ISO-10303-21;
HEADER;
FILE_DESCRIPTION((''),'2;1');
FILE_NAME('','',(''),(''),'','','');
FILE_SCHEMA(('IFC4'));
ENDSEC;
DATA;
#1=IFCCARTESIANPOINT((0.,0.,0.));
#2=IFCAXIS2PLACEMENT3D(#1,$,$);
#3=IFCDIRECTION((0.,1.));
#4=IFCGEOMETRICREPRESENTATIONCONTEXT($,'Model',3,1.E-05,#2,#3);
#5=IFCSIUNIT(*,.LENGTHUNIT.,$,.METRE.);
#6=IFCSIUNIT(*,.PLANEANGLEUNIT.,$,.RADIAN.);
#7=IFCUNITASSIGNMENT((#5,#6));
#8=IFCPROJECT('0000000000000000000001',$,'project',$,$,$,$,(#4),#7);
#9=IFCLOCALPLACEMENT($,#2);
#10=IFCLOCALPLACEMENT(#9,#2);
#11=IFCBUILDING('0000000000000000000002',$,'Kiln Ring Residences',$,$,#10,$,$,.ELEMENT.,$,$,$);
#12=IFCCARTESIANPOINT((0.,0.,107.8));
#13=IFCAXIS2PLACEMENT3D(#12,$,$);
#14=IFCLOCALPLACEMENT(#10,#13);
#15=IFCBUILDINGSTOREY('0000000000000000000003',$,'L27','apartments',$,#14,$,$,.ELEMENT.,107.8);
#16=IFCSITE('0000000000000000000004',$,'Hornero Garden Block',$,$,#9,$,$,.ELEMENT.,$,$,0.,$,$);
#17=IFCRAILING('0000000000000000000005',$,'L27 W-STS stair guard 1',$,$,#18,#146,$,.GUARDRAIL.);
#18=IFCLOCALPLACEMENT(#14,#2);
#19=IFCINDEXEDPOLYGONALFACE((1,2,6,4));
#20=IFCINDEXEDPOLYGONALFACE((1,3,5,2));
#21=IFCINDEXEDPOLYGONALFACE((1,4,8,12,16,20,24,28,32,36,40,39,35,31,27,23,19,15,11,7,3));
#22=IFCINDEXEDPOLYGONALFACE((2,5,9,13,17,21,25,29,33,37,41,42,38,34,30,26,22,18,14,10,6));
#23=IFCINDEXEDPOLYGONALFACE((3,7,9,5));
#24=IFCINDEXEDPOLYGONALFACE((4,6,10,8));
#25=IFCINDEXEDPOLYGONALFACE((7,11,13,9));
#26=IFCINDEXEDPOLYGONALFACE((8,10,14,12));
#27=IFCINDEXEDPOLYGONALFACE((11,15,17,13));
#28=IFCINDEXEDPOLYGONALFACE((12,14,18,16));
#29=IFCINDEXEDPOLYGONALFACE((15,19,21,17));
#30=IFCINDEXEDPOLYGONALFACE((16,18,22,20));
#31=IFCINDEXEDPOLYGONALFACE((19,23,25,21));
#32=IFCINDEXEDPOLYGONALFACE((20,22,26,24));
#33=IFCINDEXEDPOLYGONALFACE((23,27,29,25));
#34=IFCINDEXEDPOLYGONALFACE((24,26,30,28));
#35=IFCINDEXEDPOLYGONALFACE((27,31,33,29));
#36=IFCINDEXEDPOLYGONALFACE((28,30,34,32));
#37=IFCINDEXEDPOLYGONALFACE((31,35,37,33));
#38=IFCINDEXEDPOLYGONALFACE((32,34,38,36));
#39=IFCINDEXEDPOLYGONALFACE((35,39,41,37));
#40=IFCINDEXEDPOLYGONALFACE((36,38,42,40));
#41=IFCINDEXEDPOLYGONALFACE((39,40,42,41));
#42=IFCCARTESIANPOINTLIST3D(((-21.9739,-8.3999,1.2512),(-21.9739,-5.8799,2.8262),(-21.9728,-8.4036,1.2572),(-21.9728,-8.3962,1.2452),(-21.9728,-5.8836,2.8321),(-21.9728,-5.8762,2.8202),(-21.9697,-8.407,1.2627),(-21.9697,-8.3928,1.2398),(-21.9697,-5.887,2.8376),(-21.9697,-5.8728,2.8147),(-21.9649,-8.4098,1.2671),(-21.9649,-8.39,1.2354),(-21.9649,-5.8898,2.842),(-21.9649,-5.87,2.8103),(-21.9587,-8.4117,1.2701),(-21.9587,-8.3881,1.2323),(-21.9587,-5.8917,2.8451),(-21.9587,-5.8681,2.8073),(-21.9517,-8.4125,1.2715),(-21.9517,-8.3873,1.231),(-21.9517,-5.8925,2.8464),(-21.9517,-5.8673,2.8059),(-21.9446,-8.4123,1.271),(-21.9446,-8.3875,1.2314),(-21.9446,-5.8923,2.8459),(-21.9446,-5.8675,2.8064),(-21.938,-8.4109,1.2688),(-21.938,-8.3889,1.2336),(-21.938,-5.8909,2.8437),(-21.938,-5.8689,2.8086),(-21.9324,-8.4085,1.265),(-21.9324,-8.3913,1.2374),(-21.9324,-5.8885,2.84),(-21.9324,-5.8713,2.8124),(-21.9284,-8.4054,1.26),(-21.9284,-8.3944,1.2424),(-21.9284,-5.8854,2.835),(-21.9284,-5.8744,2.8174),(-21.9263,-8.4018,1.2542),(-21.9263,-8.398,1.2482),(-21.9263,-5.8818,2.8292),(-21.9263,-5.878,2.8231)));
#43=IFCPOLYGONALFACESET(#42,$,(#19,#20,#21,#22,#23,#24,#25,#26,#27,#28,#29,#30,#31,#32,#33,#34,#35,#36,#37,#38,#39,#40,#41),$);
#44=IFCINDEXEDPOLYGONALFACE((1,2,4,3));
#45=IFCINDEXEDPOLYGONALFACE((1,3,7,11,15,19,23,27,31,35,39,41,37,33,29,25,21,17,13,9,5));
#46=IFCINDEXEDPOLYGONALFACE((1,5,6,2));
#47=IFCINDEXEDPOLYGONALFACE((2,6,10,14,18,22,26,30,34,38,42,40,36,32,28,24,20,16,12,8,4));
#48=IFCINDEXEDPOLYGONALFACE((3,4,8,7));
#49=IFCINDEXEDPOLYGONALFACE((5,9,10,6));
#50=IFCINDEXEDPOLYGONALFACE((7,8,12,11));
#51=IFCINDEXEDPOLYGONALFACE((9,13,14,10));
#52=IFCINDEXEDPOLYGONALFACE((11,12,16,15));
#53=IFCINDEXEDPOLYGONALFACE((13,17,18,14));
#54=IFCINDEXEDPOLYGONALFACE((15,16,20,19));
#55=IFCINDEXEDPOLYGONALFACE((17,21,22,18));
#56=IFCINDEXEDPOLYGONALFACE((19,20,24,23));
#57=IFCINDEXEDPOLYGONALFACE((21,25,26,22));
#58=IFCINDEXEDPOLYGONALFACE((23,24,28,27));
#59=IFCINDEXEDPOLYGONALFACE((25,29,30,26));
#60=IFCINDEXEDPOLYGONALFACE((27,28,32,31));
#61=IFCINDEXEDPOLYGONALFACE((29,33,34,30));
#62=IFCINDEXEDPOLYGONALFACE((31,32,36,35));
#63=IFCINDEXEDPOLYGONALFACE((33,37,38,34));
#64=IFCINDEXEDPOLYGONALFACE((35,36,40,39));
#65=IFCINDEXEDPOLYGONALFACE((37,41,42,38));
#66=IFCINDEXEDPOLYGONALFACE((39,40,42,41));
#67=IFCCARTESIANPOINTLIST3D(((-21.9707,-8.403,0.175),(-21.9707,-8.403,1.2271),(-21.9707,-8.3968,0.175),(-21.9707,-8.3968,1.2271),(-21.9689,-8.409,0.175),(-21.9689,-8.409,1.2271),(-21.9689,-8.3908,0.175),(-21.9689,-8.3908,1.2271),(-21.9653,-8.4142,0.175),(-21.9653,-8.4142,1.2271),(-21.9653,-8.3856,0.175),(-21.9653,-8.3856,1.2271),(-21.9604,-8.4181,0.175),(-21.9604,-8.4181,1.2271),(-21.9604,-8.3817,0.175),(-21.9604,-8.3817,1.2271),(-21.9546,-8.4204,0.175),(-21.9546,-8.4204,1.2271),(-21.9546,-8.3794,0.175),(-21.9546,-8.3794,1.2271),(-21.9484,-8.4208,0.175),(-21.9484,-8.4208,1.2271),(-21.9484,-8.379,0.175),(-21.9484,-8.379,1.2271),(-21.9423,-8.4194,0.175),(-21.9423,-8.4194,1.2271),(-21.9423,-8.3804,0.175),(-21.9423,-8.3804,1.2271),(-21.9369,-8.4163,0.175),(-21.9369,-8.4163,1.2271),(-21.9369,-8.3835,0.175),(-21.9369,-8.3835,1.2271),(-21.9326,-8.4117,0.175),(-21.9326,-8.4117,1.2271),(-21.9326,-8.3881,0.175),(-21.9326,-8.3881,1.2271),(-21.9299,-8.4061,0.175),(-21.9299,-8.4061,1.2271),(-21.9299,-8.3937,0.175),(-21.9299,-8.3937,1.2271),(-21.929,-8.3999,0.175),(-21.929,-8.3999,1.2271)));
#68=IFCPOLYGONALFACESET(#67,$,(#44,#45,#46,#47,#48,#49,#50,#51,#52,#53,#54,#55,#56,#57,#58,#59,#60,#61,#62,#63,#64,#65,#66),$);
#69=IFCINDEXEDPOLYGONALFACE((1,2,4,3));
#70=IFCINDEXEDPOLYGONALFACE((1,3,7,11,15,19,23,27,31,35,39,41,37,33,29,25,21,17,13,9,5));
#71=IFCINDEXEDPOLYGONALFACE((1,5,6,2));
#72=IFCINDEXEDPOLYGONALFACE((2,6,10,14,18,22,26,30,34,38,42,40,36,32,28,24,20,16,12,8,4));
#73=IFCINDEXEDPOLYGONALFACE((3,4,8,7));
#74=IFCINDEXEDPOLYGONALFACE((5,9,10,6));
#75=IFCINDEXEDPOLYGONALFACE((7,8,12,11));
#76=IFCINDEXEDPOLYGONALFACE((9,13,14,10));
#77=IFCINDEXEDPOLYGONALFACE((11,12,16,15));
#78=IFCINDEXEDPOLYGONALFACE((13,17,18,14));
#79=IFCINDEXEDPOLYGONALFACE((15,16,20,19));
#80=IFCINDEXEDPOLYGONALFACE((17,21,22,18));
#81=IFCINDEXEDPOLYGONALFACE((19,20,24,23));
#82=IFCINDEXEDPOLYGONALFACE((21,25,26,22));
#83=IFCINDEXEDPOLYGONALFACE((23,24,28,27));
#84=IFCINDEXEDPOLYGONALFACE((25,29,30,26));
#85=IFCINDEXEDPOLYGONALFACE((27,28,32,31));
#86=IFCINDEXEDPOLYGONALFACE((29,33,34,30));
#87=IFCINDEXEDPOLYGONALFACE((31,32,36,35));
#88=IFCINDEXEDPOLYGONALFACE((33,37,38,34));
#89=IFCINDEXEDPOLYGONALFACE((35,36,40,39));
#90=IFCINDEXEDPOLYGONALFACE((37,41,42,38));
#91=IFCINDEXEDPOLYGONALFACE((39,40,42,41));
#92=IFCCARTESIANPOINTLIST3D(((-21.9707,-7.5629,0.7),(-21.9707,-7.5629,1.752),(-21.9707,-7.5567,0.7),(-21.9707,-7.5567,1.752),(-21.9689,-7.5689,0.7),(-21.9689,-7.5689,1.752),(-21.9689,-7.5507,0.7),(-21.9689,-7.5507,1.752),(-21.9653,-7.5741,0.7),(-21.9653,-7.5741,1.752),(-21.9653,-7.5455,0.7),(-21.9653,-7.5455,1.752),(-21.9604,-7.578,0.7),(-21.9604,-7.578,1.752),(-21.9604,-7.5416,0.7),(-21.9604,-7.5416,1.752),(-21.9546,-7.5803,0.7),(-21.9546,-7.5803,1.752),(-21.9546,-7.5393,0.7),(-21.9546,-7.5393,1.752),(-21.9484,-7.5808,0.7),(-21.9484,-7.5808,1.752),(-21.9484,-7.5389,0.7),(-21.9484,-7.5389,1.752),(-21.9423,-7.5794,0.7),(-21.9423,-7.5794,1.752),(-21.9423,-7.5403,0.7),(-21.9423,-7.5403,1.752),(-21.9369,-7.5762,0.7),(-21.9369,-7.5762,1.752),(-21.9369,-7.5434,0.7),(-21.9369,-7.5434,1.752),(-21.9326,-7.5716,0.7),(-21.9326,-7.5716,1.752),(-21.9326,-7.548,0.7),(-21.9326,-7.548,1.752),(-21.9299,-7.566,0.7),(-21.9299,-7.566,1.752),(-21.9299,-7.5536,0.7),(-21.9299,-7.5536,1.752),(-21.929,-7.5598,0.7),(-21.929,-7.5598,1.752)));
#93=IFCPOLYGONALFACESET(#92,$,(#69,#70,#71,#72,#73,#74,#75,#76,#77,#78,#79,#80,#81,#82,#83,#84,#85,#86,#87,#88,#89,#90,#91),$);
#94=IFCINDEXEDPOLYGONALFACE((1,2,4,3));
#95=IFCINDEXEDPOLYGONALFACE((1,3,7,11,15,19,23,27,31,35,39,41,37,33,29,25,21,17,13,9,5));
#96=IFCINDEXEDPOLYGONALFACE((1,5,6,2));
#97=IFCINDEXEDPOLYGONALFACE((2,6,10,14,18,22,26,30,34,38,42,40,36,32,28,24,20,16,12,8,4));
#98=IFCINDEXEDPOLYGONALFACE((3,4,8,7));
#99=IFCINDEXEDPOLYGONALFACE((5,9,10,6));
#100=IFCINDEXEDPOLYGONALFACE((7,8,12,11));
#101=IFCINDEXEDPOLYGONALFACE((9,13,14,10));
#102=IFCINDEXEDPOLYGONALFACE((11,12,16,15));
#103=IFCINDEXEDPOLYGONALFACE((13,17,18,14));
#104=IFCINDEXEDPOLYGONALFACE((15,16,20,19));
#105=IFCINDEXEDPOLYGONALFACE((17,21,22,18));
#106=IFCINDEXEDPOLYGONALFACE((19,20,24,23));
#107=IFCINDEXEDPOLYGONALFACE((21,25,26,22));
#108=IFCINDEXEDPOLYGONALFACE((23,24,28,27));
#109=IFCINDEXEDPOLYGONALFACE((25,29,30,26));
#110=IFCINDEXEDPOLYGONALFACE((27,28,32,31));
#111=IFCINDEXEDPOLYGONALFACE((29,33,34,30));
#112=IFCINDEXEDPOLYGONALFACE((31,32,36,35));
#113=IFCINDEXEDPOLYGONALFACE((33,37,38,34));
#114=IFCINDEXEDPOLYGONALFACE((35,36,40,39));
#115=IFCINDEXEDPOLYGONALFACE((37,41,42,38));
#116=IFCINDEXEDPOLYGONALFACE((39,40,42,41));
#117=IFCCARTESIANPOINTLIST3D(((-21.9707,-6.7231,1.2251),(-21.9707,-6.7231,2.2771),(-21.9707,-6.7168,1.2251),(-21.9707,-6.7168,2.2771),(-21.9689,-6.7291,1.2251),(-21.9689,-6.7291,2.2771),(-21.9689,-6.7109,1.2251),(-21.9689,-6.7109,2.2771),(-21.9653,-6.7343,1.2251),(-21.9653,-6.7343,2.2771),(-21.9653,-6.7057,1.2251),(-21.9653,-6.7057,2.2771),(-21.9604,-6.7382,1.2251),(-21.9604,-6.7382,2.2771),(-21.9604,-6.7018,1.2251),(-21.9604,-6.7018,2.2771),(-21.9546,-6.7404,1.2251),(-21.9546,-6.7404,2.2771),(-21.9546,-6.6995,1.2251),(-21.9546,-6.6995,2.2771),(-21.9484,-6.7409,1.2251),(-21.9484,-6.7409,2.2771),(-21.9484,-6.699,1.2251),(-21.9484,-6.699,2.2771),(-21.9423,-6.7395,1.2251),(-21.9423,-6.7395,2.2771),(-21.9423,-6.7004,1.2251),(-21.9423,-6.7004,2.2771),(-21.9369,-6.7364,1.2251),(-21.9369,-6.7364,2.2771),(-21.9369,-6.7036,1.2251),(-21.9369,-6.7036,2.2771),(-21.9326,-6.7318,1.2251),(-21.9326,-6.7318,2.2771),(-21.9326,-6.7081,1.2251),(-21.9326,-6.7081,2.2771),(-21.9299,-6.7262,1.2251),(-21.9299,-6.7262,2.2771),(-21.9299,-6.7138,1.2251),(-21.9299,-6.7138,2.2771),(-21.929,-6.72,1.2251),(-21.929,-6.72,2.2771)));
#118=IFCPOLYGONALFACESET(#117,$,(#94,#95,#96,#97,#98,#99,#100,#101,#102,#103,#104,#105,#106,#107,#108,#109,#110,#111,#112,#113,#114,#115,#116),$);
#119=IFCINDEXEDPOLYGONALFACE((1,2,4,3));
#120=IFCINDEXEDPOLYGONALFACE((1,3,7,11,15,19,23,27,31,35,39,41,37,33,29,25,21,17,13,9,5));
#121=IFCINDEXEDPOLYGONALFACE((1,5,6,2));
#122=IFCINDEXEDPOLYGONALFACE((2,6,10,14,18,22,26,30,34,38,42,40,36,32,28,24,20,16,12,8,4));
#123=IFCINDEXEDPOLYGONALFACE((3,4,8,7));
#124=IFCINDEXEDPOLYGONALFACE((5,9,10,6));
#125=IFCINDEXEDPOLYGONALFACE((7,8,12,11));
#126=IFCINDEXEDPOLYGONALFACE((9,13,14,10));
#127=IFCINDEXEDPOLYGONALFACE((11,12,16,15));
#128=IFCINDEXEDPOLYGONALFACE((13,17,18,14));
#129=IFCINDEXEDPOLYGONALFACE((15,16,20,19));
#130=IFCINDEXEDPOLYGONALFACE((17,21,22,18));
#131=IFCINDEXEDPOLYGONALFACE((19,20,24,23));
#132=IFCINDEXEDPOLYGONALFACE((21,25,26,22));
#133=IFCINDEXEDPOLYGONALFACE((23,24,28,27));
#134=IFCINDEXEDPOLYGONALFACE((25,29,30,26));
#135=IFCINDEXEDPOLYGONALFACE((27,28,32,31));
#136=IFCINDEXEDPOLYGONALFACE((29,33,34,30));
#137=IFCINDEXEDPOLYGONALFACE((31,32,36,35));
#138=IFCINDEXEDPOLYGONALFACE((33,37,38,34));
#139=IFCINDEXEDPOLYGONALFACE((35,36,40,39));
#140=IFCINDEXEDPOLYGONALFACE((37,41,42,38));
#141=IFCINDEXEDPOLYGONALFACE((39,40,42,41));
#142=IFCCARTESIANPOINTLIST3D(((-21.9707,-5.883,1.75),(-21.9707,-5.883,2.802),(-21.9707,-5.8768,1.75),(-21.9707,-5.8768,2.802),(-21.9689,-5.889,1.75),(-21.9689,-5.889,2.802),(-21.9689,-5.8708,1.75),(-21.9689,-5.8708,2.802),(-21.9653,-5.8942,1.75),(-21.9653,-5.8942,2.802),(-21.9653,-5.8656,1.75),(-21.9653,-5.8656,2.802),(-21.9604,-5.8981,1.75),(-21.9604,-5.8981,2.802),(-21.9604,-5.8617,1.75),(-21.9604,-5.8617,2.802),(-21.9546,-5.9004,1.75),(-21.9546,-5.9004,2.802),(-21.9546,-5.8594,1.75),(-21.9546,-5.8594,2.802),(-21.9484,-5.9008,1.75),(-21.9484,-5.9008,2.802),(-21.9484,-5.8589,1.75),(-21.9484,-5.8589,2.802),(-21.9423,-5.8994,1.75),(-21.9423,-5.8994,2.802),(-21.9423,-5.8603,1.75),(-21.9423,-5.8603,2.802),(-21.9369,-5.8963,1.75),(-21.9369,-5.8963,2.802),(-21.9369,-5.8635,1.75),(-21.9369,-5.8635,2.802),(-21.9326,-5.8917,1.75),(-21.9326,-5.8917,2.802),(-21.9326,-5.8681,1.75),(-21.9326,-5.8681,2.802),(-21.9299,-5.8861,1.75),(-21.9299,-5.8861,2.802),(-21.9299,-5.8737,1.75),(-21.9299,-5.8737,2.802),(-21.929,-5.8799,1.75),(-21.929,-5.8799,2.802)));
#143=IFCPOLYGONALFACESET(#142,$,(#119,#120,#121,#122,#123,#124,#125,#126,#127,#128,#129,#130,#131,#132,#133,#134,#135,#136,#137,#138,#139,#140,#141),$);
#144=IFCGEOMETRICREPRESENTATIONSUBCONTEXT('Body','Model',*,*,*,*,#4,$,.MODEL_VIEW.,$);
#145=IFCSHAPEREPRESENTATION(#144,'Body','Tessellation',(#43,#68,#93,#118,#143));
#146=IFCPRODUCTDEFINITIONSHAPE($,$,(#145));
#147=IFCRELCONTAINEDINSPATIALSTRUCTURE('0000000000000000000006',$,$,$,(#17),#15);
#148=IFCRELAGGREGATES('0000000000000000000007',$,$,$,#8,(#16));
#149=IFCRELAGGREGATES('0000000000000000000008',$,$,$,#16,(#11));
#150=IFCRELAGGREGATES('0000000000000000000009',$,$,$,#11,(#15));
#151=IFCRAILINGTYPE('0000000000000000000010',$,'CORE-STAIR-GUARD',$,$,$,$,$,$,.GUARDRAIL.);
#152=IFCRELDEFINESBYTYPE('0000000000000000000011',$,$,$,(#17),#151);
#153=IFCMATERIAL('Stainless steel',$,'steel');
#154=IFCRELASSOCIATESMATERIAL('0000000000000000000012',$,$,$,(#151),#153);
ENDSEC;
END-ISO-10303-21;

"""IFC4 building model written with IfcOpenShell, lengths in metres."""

from ifc_helpers import new_model, si_unit, direction, frame, origin, origin_2d, place, context, subcontext, project, spatial, circle, extrude, material, type_object, element, save


model = new_model("IFC4")

# Units and contexts
model_context = context("Model", 3, precision=1e-05, world=origin(), true_north=direction((0.0, 1.0)))
body_context = subcontext(model_context, "Body", "Model", "MODEL_VIEW")
ifc_project = project(units=[si_unit("LENGTHUNIT", "METRE"), si_unit("PLANEANGLEUNIT", "RADIAN")], contexts=[model_context])

# Site, building, storey
site_placement = place(None, origin())
site = spatial("IfcSite", under=ifc_project, at=site_placement, Name="Hornero Garden Block", CompositionType="ELEMENT", RefElevation=0.0)
building_placement = place(site_placement, origin())
building = spatial("IfcBuilding", under=site, at=building_placement, Name="Kiln Ring Residences", CompositionType="ELEMENT")
storey_placement = place(building_placement, frame((0.0, 0.0, 107.8)))
storey = spatial("IfcBuildingStorey", under=building, at=storey_placement, Name="L27", Description="apartments", CompositionType="ELEMENT", Elevation=107.8)

# Railing
ifc_material_1 = material(Name="Stainless steel", Category="steel")
railing_type_1 = type_object("IfcRailingType", Name="CORE-STAIR-GUARD", PredefinedType="GUARDRAIL", material=ifc_material_1)
railing_1_placement = place(storey_placement, frame((-21.95, -8.3999, 0.175)))
element("IfcRailing", 1, at=railing_1_placement, inside=storey, type_object=railing_type_1, Name="L27 W-STS stair guard 1", PredefinedType="GUARDRAIL", context=body_context, shape_type="SweptSolid", body=[
    extrude(circle(Radius=0.0239, at=origin_2d()), frame((0.0, 0.0, 1.0762), z_axis=(0.0, 0.848008, 0.529984), x_axis=(-1.0, 0.0, 0.0)), (0.0, 0.0, 1.0), 2.9717),
    extrude(circle(Radius=0.021, at=origin_2d()), origin(), (0.0, 0.0, 1.0), 1.052),
    extrude(circle(Radius=0.021, at=origin_2d()), frame((0.0, 0.8401, 0.5249)), (0.0, 0.0, 1.0), 1.052),
    extrude(circle(Radius=0.021, at=origin_2d()), frame((0.0, 1.6799, 1.05)), (0.0, 0.0, 1.0), 1.052),
    extrude(circle(Radius=0.021, at=origin_2d()), frame((0.0, 2.52, 1.575)), (0.0, 0.0, 1.0), 1.052),
])

save(model, "model.ifc")
